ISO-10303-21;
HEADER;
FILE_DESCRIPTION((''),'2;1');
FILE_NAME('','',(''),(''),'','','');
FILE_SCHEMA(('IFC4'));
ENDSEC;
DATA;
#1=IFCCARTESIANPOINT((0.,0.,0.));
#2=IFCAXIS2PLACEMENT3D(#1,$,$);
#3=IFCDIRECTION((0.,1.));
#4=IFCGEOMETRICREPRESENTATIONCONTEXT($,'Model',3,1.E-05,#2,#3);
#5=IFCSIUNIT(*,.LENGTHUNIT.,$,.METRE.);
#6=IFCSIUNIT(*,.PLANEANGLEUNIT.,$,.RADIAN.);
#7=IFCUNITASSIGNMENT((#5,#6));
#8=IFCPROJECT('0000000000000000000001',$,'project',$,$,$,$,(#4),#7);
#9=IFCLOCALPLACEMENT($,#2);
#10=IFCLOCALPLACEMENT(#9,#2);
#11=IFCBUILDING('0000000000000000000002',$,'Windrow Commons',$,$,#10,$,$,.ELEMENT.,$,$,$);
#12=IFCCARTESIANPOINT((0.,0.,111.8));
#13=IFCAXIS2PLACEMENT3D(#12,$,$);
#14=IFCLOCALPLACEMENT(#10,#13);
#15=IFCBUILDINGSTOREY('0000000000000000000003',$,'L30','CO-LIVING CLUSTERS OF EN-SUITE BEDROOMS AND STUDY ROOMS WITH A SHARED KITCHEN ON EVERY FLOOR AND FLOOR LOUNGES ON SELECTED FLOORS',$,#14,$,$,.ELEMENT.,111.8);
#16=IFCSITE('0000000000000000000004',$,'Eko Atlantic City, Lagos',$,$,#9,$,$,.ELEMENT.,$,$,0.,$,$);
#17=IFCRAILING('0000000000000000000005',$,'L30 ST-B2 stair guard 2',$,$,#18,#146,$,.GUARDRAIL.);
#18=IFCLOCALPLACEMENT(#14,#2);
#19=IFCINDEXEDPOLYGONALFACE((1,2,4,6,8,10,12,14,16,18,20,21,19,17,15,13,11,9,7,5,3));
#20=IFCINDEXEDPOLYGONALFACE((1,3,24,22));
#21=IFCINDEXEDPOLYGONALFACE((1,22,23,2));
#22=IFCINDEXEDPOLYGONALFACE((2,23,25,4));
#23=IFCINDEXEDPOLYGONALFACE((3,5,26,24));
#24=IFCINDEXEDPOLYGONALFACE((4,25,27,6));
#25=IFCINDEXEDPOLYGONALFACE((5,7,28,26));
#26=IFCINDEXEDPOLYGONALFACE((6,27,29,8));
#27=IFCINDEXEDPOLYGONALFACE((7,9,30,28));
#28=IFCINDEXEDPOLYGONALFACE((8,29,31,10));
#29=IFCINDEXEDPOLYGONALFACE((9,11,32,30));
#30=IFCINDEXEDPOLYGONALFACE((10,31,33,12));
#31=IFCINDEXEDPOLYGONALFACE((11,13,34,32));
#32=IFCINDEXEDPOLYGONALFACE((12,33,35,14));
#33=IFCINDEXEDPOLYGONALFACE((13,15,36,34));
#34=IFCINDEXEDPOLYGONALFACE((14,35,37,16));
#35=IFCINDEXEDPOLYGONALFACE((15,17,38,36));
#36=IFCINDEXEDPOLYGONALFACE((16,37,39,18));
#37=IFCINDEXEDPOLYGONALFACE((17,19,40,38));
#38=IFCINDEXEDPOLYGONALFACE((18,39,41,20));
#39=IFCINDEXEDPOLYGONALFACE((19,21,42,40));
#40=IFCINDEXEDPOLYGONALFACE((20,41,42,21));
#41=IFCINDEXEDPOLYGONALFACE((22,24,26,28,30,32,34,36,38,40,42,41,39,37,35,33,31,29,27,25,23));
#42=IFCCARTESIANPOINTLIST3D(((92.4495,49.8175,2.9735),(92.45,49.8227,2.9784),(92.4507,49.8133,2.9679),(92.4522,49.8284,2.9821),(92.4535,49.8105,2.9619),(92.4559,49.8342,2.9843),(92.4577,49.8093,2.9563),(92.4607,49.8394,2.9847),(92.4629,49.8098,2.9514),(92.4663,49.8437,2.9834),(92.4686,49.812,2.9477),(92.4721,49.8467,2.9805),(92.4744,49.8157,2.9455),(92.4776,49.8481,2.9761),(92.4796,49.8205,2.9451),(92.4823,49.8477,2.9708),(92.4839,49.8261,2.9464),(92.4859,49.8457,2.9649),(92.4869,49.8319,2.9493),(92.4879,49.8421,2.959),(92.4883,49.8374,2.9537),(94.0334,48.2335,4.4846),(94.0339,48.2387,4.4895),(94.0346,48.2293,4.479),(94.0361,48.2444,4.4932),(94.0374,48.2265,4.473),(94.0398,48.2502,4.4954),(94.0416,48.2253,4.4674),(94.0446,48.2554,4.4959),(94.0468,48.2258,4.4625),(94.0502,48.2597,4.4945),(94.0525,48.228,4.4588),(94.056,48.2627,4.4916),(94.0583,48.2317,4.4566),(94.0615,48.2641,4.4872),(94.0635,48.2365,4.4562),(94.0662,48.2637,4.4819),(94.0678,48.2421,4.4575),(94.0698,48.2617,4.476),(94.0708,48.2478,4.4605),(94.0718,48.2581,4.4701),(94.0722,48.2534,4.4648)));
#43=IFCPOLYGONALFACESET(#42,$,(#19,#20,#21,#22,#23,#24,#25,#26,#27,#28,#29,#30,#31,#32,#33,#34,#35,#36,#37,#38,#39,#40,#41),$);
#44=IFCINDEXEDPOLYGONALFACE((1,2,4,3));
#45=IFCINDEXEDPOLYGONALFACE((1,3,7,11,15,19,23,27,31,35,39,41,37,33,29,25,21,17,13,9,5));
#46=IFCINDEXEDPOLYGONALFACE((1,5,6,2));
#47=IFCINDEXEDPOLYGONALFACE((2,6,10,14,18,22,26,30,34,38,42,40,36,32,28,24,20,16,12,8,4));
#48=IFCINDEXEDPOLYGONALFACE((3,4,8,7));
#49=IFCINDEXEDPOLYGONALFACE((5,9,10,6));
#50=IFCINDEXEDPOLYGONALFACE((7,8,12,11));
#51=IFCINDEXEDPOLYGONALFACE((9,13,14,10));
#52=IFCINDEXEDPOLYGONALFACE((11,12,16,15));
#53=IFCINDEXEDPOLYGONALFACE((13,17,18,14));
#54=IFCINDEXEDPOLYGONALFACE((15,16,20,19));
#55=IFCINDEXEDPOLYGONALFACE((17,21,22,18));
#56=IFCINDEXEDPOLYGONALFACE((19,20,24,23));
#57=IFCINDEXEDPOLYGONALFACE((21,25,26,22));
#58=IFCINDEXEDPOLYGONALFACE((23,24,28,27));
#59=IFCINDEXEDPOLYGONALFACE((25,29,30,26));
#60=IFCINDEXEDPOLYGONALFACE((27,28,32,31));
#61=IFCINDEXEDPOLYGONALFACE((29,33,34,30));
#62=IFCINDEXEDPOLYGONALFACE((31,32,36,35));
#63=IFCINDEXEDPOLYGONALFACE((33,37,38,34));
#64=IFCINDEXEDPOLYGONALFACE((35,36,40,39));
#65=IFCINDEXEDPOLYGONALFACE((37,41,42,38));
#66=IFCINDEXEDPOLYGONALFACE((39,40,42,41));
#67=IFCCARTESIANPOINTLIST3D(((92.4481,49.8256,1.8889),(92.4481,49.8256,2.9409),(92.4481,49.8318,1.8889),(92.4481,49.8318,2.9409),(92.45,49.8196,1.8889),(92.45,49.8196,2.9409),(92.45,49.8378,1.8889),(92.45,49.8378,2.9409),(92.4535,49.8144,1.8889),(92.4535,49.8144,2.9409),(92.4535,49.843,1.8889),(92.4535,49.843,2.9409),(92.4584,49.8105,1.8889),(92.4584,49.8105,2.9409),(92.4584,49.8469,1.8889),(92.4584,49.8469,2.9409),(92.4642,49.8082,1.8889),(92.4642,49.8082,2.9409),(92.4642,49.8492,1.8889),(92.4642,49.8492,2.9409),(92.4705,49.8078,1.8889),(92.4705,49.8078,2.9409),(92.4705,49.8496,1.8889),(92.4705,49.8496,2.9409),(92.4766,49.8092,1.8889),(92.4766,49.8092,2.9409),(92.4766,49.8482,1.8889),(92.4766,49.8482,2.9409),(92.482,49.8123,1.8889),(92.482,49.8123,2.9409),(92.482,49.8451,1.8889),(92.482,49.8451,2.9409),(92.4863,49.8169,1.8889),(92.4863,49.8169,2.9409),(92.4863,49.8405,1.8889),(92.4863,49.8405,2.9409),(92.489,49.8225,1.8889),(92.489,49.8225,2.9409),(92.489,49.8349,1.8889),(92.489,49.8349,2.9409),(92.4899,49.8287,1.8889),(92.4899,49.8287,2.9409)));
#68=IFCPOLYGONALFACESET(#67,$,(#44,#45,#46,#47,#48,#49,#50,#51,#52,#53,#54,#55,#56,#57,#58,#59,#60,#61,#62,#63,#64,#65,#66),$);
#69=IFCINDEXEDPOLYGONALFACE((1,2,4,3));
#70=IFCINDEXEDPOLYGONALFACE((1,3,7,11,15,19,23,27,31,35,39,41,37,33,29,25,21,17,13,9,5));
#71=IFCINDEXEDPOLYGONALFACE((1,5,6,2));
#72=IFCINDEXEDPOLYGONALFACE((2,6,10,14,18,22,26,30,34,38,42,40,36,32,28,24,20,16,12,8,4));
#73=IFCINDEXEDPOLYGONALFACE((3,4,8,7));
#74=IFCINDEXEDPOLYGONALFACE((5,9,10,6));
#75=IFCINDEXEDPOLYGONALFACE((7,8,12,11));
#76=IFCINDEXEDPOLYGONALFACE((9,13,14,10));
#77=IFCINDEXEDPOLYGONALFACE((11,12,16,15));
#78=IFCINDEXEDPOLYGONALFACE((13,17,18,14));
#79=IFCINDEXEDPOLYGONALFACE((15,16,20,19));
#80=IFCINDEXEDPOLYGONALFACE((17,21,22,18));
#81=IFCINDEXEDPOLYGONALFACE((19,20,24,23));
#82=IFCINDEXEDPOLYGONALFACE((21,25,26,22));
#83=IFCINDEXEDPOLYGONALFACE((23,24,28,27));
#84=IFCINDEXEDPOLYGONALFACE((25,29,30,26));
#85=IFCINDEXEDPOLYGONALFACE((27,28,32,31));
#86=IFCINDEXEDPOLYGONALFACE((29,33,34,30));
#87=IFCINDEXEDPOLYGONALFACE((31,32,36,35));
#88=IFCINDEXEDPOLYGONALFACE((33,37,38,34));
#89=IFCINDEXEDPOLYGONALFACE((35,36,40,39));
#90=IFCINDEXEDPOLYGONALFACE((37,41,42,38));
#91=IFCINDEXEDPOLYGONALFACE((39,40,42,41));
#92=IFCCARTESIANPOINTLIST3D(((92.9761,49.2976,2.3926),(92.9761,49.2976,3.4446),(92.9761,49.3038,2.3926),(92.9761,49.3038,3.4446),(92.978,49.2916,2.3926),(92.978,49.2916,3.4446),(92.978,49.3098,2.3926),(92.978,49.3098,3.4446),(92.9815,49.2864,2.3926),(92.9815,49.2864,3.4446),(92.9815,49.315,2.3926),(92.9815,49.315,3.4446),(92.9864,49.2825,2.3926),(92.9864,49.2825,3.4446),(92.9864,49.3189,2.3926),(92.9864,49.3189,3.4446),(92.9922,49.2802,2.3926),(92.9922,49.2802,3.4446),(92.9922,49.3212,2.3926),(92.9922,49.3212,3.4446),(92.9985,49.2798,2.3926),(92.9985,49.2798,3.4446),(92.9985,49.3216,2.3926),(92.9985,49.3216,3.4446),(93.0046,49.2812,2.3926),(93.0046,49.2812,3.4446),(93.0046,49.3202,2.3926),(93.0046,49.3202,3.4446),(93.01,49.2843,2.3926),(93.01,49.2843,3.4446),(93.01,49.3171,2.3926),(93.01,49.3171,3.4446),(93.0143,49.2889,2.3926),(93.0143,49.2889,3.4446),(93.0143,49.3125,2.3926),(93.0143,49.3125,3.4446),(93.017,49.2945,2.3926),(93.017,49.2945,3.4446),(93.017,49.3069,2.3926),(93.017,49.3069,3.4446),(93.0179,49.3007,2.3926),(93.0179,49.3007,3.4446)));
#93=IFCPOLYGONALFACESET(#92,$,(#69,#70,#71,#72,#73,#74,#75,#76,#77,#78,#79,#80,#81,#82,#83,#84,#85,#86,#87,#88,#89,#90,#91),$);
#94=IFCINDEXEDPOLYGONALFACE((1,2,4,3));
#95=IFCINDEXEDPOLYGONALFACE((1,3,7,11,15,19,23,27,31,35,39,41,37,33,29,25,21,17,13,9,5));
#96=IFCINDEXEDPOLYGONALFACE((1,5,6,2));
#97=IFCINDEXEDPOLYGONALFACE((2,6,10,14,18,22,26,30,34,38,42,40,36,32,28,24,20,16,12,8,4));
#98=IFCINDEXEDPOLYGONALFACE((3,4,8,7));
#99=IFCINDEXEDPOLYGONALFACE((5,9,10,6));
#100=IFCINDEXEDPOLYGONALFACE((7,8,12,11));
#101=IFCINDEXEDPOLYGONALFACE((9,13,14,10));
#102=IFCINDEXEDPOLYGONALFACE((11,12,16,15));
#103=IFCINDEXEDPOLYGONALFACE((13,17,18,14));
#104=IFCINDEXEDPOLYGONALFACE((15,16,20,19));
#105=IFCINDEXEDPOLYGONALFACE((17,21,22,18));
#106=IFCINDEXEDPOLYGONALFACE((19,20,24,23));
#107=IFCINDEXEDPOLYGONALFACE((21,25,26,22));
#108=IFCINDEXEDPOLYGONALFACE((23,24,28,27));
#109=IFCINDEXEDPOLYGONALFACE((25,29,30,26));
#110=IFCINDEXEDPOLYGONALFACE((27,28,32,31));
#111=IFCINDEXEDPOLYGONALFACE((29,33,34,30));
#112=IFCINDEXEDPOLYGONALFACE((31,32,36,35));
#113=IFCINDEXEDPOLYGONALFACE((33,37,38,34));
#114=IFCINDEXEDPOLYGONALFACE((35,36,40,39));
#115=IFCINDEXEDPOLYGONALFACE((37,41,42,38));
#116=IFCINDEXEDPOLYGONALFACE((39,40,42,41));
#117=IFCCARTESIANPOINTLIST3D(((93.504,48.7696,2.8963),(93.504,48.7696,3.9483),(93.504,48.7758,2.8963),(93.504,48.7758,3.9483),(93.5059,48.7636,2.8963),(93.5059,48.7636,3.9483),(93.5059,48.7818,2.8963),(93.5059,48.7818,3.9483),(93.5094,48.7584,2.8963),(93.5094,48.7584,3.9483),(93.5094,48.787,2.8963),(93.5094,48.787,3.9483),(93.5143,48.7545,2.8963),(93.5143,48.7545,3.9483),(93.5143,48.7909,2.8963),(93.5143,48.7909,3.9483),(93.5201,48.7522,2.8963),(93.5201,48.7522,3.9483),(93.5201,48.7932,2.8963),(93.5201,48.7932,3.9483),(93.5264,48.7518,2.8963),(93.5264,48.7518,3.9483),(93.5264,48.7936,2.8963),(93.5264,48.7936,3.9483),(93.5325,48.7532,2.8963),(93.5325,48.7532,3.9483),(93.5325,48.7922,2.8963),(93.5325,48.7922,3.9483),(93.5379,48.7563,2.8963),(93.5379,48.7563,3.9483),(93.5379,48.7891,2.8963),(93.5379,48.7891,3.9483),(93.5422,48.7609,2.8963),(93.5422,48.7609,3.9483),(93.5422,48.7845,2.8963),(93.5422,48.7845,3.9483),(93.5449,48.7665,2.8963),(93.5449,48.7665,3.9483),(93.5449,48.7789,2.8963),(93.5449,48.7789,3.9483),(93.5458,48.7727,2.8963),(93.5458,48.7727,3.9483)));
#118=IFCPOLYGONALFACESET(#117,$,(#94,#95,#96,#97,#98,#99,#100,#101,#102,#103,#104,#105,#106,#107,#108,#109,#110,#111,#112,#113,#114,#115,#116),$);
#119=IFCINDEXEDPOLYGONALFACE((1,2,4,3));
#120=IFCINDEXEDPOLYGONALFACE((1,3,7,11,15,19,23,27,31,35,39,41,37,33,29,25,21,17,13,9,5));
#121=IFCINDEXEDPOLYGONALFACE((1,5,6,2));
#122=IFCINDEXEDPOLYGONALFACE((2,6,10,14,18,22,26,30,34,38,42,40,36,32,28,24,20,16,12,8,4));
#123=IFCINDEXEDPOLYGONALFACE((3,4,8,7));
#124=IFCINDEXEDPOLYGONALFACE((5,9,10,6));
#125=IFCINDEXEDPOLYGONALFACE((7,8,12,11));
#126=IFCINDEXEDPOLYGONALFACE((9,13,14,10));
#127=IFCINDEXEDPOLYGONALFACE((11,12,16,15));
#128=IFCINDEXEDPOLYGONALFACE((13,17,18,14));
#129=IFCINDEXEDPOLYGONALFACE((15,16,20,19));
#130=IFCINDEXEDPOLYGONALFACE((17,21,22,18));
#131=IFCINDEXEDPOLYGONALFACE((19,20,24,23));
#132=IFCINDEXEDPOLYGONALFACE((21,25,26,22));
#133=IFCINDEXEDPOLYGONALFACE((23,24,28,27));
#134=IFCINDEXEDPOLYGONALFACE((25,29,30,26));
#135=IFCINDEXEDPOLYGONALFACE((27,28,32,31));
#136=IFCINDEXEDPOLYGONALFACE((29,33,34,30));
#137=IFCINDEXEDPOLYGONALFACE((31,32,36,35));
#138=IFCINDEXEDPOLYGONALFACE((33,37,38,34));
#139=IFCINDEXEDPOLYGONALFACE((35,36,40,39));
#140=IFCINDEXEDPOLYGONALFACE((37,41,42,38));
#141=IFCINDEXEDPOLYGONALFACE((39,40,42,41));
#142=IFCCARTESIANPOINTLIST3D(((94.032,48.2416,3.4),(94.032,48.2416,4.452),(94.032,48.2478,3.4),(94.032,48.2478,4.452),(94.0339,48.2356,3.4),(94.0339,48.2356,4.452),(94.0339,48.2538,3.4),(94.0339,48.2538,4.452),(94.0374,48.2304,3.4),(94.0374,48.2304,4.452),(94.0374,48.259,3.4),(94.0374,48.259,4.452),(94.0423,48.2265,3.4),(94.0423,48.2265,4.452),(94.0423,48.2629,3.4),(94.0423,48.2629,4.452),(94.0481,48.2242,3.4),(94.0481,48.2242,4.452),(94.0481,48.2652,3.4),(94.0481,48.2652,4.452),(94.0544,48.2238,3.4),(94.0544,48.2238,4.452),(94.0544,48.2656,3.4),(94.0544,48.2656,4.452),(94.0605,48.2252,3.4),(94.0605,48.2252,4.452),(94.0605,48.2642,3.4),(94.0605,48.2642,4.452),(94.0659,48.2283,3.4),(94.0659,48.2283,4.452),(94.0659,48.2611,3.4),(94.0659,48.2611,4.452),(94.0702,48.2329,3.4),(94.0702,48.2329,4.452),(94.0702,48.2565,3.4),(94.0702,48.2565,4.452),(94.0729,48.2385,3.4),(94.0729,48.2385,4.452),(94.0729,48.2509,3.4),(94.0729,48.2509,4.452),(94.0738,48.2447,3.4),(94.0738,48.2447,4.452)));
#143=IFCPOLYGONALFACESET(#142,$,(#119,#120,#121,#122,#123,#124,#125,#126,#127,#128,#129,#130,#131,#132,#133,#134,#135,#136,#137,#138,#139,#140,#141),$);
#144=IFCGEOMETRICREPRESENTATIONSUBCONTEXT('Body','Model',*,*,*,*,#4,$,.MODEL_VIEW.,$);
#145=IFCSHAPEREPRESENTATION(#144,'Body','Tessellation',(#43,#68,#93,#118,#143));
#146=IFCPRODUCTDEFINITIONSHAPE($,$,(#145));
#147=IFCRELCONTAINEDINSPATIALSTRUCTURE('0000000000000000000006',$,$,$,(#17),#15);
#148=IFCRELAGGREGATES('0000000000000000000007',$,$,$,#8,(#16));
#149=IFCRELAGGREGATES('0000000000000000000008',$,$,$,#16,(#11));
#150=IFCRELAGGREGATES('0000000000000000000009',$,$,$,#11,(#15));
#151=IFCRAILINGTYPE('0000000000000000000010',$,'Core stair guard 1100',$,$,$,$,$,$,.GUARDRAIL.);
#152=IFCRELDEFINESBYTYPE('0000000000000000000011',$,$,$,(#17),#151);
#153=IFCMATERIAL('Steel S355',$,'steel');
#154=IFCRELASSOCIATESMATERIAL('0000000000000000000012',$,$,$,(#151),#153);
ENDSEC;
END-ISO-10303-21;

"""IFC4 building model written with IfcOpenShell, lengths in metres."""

from ifc_helpers import new_model, si_unit, direction, frame, origin, origin_2d, place, context, subcontext, project, spatial, circle, extrude, material, type_object, element, save


model = new_model("IFC4")

# Units and contexts
model_context = context("Model", 3, precision=1e-05, world=origin(), true_north=direction((0.0, 1.0)))
body_context = subcontext(model_context, "Body", "Model", "MODEL_VIEW")
ifc_project = project(units=[si_unit("LENGTHUNIT", "METRE"), si_unit("PLANEANGLEUNIT", "RADIAN")], contexts=[model_context])

# Site, building, storey
site_placement = place(None, origin())
site = spatial("IfcSite", under=ifc_project, at=site_placement, Name="Eko Atlantic City, Lagos", CompositionType="ELEMENT", RefElevation=0.0)
building_placement = place(site_placement, origin())
building = spatial("IfcBuilding", under=site, at=building_placement, Name="Windrow Commons", CompositionType="ELEMENT")
storey_placement = place(building_placement, frame((0.0, 0.0, 111.8)))
storey = spatial("IfcBuildingStorey", under=building, at=storey_placement, Name="L30", Description="CO-LIVING CLUSTERS OF EN-SUITE BEDROOMS AND STUDY ROOMS WITH A SHARED KITCHEN ON EVERY FLOOR AND FLOOR LOUNGES ON SELECTED FLOORS", CompositionType="ELEMENT", Elevation=111.8)

# Railing
ifc_material_1 = material(Name="Steel S355", Category="steel")
railing_type_1 = type_object("IfcRailingType", Name="Core stair guard 1100", PredefinedType="GUARDRAIL", material=ifc_material_1)
railing_1_placement = place(storey_placement, frame((92.4689, 49.8287, 1.8889)))
element("IfcRailing", 1, at=railing_1_placement, inside=storey, type_object=railing_type_1, Name="L30 ST-B2 stair guard 2", PredefinedType="GUARDRAIL", context=body_context, shape_type="SweptSolid", body=[
    extrude(circle(Radius=0.024, at=origin_2d()), frame((0.0, 0.0, 1.076), z_axis=(0.586179, -0.586216, 0.559237), x_axis=(0.707129, 0.707084, 0.0)), (0.0, 0.0, 1.0), 2.7021),
    extrude(circle(Radius=0.021, at=origin_2d()), origin(), (0.0, 0.0, 1.0), 1.052),
    extrude(circle(Radius=0.021, at=origin_2d()), frame((0.528, -0.528, 0.5037)), (0.0, 0.0, 1.0), 1.052),
    extrude(circle(Radius=0.021, at=origin_2d()), frame((1.0559, -1.056, 1.0074)), (0.0, 0.0, 1.0), 1.052),
    extrude(circle(Radius=0.021, at=origin_2d()), frame((1.5839, -1.584, 1.5111)), (0.0, 0.0, 1.0), 1.052),
])

save(model, "model.ifc")
